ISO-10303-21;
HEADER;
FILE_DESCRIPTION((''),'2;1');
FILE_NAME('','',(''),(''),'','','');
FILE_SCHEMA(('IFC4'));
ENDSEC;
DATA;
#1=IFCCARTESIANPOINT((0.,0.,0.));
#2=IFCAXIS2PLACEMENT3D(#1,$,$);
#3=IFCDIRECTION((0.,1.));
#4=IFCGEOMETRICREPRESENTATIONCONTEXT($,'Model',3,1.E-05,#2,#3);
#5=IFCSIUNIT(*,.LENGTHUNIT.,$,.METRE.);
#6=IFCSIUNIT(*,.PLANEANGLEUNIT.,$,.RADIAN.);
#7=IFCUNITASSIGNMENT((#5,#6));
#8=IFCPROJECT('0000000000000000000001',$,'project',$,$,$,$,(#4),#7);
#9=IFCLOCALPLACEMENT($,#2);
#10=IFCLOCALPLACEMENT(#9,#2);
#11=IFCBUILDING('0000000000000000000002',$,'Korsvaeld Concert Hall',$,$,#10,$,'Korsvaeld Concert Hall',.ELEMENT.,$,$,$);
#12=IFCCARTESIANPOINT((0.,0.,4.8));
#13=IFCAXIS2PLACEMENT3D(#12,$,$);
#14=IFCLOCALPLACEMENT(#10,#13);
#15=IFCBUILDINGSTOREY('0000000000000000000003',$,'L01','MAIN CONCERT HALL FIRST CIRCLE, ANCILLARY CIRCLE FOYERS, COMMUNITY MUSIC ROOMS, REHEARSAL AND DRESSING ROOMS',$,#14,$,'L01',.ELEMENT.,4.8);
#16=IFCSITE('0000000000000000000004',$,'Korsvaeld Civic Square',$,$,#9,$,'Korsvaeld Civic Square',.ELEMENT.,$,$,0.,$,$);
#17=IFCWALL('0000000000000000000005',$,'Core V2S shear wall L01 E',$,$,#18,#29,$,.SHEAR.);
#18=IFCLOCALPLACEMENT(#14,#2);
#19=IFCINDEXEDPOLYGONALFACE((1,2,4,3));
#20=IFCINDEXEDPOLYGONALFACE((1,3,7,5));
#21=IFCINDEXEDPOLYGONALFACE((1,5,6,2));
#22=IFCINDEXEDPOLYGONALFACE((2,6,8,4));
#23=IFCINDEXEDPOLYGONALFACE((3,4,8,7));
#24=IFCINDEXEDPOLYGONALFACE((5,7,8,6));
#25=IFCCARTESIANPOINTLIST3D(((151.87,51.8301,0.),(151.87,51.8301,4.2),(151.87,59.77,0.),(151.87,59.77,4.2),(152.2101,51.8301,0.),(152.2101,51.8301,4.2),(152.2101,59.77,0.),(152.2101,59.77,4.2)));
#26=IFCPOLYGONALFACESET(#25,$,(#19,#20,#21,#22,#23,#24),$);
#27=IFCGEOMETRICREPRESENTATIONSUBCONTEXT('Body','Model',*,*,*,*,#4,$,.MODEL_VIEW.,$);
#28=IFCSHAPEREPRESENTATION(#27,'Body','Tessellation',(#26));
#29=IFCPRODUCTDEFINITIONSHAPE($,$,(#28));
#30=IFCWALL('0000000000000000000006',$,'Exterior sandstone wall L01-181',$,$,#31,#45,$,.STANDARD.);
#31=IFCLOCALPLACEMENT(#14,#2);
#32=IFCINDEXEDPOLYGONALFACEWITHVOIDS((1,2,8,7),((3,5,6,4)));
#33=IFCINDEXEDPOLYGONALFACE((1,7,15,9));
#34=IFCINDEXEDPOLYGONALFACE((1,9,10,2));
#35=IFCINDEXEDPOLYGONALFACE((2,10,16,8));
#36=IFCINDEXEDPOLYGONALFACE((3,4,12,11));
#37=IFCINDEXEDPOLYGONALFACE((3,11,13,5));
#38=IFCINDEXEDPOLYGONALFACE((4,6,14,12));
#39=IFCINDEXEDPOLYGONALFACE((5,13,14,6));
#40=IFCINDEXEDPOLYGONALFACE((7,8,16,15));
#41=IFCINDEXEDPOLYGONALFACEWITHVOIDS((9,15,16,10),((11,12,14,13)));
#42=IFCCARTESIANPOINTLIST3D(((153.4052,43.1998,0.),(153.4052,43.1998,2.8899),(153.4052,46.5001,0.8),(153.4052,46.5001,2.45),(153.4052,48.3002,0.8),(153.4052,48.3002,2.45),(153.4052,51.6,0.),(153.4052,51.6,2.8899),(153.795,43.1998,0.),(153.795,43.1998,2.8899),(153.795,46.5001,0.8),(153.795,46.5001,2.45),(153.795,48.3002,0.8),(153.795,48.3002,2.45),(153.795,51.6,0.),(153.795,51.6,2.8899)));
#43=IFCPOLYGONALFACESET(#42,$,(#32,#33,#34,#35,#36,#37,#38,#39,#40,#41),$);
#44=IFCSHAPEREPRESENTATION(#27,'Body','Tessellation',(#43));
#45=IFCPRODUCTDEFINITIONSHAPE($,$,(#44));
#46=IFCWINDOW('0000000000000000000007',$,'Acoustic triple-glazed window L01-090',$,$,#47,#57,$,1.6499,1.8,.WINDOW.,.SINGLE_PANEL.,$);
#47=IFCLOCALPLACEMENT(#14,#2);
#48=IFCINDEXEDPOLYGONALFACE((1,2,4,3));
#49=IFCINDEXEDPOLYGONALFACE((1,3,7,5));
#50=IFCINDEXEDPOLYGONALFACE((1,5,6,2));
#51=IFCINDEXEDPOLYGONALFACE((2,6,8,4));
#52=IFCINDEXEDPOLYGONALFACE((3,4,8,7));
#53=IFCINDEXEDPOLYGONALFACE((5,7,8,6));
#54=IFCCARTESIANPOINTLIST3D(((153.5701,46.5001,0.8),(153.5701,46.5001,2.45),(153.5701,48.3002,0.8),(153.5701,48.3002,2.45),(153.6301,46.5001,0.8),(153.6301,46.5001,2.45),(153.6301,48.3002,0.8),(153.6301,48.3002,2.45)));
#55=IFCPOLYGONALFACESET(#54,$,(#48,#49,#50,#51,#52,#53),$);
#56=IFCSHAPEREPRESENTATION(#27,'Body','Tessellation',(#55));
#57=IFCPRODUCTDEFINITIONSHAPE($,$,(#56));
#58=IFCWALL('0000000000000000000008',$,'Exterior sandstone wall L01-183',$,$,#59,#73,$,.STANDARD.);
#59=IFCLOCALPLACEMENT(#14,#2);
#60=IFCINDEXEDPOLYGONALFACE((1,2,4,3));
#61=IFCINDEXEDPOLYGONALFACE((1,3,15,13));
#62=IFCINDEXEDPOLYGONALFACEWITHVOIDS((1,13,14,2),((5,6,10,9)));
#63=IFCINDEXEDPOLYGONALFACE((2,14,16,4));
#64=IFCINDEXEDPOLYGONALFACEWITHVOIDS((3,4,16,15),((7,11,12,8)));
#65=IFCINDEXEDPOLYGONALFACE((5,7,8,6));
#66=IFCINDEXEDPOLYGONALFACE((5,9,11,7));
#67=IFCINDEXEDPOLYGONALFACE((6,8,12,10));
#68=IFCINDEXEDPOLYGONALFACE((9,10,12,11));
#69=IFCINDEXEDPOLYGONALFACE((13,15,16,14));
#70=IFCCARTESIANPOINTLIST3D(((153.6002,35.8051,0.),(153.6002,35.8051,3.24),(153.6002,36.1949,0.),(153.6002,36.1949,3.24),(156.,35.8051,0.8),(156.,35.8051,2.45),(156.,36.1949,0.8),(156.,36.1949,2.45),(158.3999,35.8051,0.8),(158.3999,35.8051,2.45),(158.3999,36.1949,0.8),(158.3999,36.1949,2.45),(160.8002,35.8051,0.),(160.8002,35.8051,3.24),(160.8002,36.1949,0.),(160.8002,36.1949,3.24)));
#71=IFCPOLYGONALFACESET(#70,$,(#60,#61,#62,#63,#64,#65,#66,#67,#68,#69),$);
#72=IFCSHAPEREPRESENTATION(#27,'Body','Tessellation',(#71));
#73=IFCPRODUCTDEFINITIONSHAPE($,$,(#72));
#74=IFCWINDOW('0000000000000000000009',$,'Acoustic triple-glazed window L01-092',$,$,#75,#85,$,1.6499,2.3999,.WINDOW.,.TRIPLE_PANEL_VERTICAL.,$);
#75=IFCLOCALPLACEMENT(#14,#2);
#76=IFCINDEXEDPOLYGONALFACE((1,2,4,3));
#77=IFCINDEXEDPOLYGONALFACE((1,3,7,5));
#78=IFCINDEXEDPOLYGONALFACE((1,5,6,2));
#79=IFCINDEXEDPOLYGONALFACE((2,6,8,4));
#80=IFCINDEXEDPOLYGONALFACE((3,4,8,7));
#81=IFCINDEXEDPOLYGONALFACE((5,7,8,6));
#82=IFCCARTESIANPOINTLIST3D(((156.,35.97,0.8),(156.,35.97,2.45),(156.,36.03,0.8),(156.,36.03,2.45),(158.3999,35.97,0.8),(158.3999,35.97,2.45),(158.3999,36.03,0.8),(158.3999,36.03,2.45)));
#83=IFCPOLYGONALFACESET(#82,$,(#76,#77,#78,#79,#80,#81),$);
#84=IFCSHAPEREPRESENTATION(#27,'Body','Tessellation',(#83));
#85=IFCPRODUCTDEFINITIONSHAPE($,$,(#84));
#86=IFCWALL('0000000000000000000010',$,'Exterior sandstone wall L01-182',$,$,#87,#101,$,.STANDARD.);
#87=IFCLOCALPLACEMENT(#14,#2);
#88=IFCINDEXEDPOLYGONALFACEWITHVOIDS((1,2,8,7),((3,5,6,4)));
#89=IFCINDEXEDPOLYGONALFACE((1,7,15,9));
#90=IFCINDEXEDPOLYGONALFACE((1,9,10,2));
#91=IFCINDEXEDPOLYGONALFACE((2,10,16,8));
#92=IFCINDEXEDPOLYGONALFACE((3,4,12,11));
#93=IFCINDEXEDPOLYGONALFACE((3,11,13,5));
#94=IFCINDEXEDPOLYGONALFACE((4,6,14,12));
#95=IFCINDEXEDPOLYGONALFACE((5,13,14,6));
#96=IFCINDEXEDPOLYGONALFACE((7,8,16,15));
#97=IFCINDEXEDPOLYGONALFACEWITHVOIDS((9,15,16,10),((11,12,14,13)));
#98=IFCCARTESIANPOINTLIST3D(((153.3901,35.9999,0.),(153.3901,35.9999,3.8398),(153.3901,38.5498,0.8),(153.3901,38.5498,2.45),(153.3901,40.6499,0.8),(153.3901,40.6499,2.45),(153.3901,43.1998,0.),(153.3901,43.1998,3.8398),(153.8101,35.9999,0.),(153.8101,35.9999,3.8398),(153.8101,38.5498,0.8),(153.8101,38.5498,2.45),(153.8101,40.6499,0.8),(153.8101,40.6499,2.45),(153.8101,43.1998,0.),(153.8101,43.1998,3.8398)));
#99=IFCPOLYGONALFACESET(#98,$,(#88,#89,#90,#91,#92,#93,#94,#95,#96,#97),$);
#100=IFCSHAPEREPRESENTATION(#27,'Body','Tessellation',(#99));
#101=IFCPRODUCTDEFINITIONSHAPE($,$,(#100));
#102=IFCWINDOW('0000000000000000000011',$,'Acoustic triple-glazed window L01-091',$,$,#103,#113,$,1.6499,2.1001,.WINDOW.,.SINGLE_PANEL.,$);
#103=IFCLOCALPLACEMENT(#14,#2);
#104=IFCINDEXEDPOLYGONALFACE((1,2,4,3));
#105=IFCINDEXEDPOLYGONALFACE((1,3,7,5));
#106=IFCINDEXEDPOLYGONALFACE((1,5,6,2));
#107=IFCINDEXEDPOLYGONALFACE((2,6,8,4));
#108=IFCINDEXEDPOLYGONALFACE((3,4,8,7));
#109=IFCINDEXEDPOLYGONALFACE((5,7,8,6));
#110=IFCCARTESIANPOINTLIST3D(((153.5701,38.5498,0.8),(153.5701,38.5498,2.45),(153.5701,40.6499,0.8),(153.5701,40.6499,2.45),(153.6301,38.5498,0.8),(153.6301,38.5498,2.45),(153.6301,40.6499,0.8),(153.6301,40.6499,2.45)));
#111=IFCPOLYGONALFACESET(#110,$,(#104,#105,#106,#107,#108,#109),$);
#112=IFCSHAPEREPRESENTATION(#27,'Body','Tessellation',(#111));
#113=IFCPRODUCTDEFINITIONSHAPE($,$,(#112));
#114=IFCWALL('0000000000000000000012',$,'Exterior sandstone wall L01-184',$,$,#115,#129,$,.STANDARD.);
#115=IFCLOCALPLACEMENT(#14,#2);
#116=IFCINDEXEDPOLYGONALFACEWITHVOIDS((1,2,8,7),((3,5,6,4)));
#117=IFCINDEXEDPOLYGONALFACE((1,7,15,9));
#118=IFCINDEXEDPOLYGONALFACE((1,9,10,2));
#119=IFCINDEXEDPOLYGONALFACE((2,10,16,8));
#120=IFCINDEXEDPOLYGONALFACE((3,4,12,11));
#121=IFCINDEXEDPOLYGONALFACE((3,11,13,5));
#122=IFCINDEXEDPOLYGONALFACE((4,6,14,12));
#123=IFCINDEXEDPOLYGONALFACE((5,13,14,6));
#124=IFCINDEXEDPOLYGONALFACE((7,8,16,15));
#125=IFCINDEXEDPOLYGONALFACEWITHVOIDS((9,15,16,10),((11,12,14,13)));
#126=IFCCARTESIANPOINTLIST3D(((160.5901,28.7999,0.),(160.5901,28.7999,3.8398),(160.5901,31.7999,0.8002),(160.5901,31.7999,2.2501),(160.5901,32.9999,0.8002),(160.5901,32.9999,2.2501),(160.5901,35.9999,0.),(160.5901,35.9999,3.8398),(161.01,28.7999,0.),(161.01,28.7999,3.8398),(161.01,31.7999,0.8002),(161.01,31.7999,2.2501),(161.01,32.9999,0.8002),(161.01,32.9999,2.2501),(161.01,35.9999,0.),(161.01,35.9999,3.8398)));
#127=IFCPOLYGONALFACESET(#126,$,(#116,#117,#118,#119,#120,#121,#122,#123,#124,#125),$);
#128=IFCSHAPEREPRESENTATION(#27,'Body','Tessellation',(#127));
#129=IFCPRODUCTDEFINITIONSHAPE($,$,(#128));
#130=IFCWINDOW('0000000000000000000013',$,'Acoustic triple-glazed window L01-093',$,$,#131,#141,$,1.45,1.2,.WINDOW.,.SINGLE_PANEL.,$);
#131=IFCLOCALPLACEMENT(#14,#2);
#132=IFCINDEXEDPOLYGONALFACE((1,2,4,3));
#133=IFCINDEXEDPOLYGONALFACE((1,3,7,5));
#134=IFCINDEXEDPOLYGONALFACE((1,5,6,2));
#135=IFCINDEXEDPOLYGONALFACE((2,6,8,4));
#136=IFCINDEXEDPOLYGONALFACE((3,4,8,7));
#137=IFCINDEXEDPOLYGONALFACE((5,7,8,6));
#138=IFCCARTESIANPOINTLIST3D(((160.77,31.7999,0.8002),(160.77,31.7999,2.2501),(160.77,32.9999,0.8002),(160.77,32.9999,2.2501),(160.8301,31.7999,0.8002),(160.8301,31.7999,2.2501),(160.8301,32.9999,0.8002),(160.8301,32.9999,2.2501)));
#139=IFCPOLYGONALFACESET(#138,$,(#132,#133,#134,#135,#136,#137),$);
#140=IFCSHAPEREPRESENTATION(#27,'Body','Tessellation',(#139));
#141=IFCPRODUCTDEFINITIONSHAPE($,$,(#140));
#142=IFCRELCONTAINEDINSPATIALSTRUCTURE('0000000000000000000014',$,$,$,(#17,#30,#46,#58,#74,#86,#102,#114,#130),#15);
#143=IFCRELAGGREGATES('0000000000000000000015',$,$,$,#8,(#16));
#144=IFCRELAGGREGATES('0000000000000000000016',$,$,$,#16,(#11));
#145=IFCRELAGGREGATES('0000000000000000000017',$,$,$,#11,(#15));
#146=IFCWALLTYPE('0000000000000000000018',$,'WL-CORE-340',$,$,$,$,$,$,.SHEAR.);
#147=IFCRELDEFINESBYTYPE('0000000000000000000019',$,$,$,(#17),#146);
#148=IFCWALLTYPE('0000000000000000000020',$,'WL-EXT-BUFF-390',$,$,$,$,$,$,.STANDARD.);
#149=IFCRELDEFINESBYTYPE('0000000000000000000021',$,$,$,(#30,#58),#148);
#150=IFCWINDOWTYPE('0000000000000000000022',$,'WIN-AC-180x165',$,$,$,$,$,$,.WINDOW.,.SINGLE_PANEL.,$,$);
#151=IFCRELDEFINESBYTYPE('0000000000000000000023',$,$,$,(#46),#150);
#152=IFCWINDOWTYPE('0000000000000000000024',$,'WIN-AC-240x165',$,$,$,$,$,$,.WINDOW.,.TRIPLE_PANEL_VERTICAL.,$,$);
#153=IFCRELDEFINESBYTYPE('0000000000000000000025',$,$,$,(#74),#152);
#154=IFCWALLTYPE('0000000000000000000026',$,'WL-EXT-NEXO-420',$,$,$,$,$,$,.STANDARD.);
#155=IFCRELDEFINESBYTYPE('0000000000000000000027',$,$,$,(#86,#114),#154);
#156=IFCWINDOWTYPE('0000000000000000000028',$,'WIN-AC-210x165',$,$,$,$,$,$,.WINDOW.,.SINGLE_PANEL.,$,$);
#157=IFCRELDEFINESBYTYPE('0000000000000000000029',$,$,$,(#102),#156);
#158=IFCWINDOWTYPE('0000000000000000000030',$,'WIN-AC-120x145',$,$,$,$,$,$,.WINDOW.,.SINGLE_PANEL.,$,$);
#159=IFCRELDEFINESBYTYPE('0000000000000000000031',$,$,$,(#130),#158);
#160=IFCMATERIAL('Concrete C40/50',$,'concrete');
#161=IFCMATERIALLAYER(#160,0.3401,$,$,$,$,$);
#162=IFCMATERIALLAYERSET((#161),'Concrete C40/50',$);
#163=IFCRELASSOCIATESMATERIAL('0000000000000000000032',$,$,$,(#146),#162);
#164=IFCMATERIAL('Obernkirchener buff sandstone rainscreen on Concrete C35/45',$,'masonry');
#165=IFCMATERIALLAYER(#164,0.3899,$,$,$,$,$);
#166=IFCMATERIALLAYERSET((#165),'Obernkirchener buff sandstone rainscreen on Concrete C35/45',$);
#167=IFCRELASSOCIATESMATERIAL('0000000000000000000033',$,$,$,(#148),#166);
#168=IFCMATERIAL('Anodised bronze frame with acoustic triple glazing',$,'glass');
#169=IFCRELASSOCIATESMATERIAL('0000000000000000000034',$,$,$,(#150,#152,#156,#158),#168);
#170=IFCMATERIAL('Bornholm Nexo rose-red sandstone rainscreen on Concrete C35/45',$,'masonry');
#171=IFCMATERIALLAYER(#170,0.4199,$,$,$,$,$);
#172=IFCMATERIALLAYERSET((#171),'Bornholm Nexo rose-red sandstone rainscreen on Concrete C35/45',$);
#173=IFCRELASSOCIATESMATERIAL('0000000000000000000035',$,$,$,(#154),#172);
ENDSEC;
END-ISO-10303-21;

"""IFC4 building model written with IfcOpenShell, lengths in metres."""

from ifc_helpers import new_model, si_unit, direction, frame, frame_2d, origin, place, context, subcontext, project, spatial, rectangle, extrude, material, layer, layer_set, type_object, element, fill, save


model = new_model("IFC4")

# Units and contexts
model_context = context("Model", 3, precision=1e-05, world=origin(), true_north=direction((0.0, 1.0)))
body_context = subcontext(model_context, "Body", "Model", "MODEL_VIEW")
ifc_project = project(units=[si_unit("LENGTHUNIT", "METRE"), si_unit("PLANEANGLEUNIT", "RADIAN")], contexts=[model_context])

# Site, building, storey
site_placement = place(None, origin())
site = spatial("IfcSite", under=ifc_project, at=site_placement, Name="Korsvaeld Civic Square", LongName="Korsvaeld Civic Square", CompositionType="ELEMENT", RefElevation=0.0)
building_placement = place(site_placement, origin())
building = spatial("IfcBuilding", under=site, at=building_placement, Name="Korsvaeld Concert Hall", LongName="Korsvaeld Concert Hall", CompositionType="ELEMENT")
storey_placement = place(building_placement, frame((0.0, 0.0, 4.8)))
storey = spatial("IfcBuildingStorey", under=building, at=storey_placement, Name="L01", Description="MAIN CONCERT HALL FIRST CIRCLE, ANCILLARY CIRCLE FOYERS, COMMUNITY MUSIC ROOMS, REHEARSAL AND DRESSING ROOMS", LongName="L01", CompositionType="ELEMENT", Elevation=4.8)

# Shared definitions
ifc_material_1 = material(Name="Concrete C40/50", Category="concrete")

# Wall
ifc_layer_1 = layer(ifc_material_1, 0.3401)
ifc_layer_set_1 = layer_set([ifc_layer_1], Name="Concrete C40/50")
wall_type_1 = type_object("IfcWallType", Name="WL-CORE-340", PredefinedType="SHEAR", material=ifc_layer_set_1)
wall_1_placement = place(storey_placement, frame((152.04, 51.8301, 0.0), z_axis=(0.0, 0.0, 1.0), x_axis=(0.0, 1.0, 0.0)))
element("IfcWall", 1, at=wall_1_placement, inside=storey, type_object=wall_type_1, Name="Core V2S shear wall L01 E", PredefinedType="SHEAR", context=body_context, shape_type="SweptSolid", body=[
    extrude(rectangle(XDim=7.9399, YDim=0.3401, at=frame_2d((3.97, 0.0))), origin(), (0.0, 0.0, 1.0), 4.2),
])

# Walls, openings, windows
ifc_material_2 = material(Name="Obernkirchener buff sandstone rainscreen on Concrete C35/45", Category="masonry")
ifc_layer_2 = layer(ifc_material_2, 0.3899)
ifc_layer_set_2 = layer_set([ifc_layer_2], Name="Obernkirchener buff sandstone rainscreen on Concrete C35/45")
wall_type_2 = type_object("IfcWallType", Name="WL-EXT-BUFF-390", PredefinedType="STANDARD", material=ifc_layer_set_2)
wall_2_placement = place(storey_placement, frame((153.6001, 51.6001, 0.0), z_axis=(0.0, 0.0, 1.0), x_axis=(0.0, -1.0, 0.0)))
wall_2 = element("IfcWall", 2, at=wall_2_placement, inside=storey, type_object=wall_type_2, Name="Exterior sandstone wall L01-181", PredefinedType="STANDARD", context=body_context, shape_type="SweptSolid", body=[
    extrude(rectangle(XDim=8.4001, YDim=0.3899, at=frame_2d((4.2002, 0.0))), origin(), (0.0, 0.0, 1.0), 2.8899),
])
opening_1_placement = place(wall_2_placement, frame((3.3, 0.0, 0.8)))
opening_1 = element("IfcOpeningElement", 3, at=opening_1_placement, cuts=wall_2, PredefinedType="OPENING", context=body_context, shape_type="SweptSolid", body=[
    extrude(rectangle(XDim=1.8, YDim=1.6499, at=frame_2d((0.8999, 0.825))), frame((0.0, 0.2051, 0.0), z_axis=(0.0, -1.0, 0.0), x_axis=(1.0, 0.0, 0.0)), (0.0, 0.0, 1.0), 0.4099),
])
ifc_material_3 = material(Name="Anodised bronze frame with acoustic triple glazing", Category="glass")
window_type_1 = type_object("IfcWindowType", Name="WIN-AC-180x165", PartitioningType="SINGLE_PANEL", PredefinedType="WINDOW", material=ifc_material_3)
window_1_placement = place(opening_1_placement, origin())
window_1 = element("IfcWindow", 4, at=window_1_placement, inside=storey, type_object=window_type_1, Name="Acoustic triple-glazed window L01-090", OverallHeight=1.6499, OverallWidth=1.8, PartitioningType="SINGLE_PANEL", PredefinedType="WINDOW", context=body_context, shape_type="SweptSolid", body=[
    extrude(rectangle(XDim=1.8, YDim=1.6499, at=frame_2d((0.8999, 0.825))), frame((0.0, 0.03, 0.0), z_axis=(0.0, -1.0, 0.0), x_axis=(1.0, 0.0, 0.0)), (0.0, 0.0, 1.0), 0.0601),
])
fill(opening_1, window_1)
wall_3_placement = place(storey_placement, frame((153.6001, 36.0, 0.0), z_axis=(0.0, 0.0, 1.0), x_axis=(1.0, 0.0, 0.0)))
wall_3 = element("IfcWall", 5, at=wall_3_placement, inside=storey, type_object=wall_type_2, Name="Exterior sandstone wall L01-183", PredefinedType="STANDARD", context=body_context, shape_type="SweptSolid", body=[
    extrude(rectangle(XDim=7.2, YDim=0.3899, at=frame_2d((3.6001, 0.0))), origin(), (0.0, 0.0, 1.0), 3.24),
])
opening_2_placement = place(wall_3_placement, frame((2.3999, 0.0, 0.8)))
opening_2 = element("IfcOpeningElement", 6, at=opening_2_placement, cuts=wall_3, PredefinedType="OPENING", context=body_context, shape_type="SweptSolid", body=[
    extrude(rectangle(XDim=2.3999, YDim=1.6499, at=frame_2d((1.2, 0.825))), frame((0.0, 0.2051, 0.0), z_axis=(0.0, -1.0, 0.0), x_axis=(1.0, 0.0, 0.0)), (0.0, 0.0, 1.0), 0.4099),
])
window_type_2 = type_object("IfcWindowType", Name="WIN-AC-240x165", PartitioningType="TRIPLE_PANEL_VERTICAL", PredefinedType="WINDOW", material=ifc_material_3)
window_2_placement = place(opening_2_placement, origin())
window_2 = element("IfcWindow", 7, at=window_2_placement, inside=storey, type_object=window_type_2, Name="Acoustic triple-glazed window L01-092", OverallHeight=1.6499, OverallWidth=2.3999, PartitioningType="TRIPLE_PANEL_VERTICAL", PredefinedType="WINDOW", context=body_context, shape_type="SweptSolid", body=[
    extrude(rectangle(XDim=2.3999, YDim=1.6499, at=frame_2d((1.2, 0.825))), frame((0.0, 0.03, 0.0), z_axis=(0.0, -1.0, 0.0), x_axis=(1.0, 0.0, 0.0)), (0.0, 0.0, 1.0), 0.0601),
])
fill(opening_2, window_2)
ifc_material_4 = material(Name="Bornholm Nexo rose-red sandstone rainscreen on Concrete C35/45", Category="masonry")
ifc_layer_3 = layer(ifc_material_4, 0.4199)
ifc_layer_set_3 = layer_set([ifc_layer_3], Name="Bornholm Nexo rose-red sandstone rainscreen on Concrete C35/45")
wall_type_3 = type_object("IfcWallType", Name="WL-EXT-NEXO-420", PredefinedType="STANDARD", material=ifc_layer_set_3)
wall_4_placement = place(storey_placement, frame((153.6001, 43.2, 0.0), z_axis=(0.0, 0.0, 1.0), x_axis=(0.0, -1.0, 0.0)))
wall_4 = element("IfcWall", 8, at=wall_4_placement, inside=storey, type_object=wall_type_3, Name="Exterior sandstone wall L01-182", PredefinedType="STANDARD", context=body_context, shape_type="SweptSolid", body=[
    extrude(rectangle(XDim=7.2, YDim=0.4199, at=frame_2d((3.6001, 0.0))), origin(), (0.0, 0.0, 1.0), 3.8398),
])
opening_3_placement = place(wall_4_placement, frame((2.55, 0.0, 0.8)))
opening_3 = element("IfcOpeningElement", 9, at=opening_3_placement, cuts=wall_4, PredefinedType="OPENING", context=body_context, shape_type="SweptSolid", body=[
    extrude(rectangle(XDim=2.1001, YDim=1.6499, at=frame_2d((1.05, 0.825))), frame((0.0, 0.22, 0.0), z_axis=(0.0, -1.0, 0.0), x_axis=(1.0, 0.0, 0.0)), (0.0, 0.0, 1.0), 0.4399),
])
window_type_3 = type_object("IfcWindowType", Name="WIN-AC-210x165", PartitioningType="SINGLE_PANEL", PredefinedType="WINDOW", material=ifc_material_3)
window_3_placement = place(opening_3_placement, origin())
window_3 = element("IfcWindow", 10, at=window_3_placement, inside=storey, type_object=window_type_3, Name="Acoustic triple-glazed window L01-091", OverallHeight=1.6499, OverallWidth=2.1001, PartitioningType="SINGLE_PANEL", PredefinedType="WINDOW", context=body_context, shape_type="SweptSolid", body=[
    extrude(rectangle(XDim=2.1001, YDim=1.6499, at=frame_2d((1.05, 0.825))), frame((0.0, 0.03, 0.0), z_axis=(0.0, -1.0, 0.0), x_axis=(1.0, 0.0, 0.0)), (0.0, 0.0, 1.0), 0.0601),
])
fill(opening_3, window_3)
wall_5_placement = place(storey_placement, frame((160.8, 36.0, 0.0), z_axis=(0.0, 0.0, 1.0), x_axis=(0.0, -1.0, 0.0)))
wall_5 = element("IfcWall", 11, at=wall_5_placement, inside=storey, type_object=wall_type_3, Name="Exterior sandstone wall L01-184", PredefinedType="STANDARD", context=body_context, shape_type="SweptSolid", body=[
    extrude(rectangle(XDim=7.2, YDim=0.4199, at=frame_2d((3.6001, 0.0))), origin(), (0.0, 0.0, 1.0), 3.8398),
])
opening_4_placement = place(wall_5_placement, frame((3.0, 0.0, 0.8)))
opening_4 = element("IfcOpeningElement", 12, at=opening_4_placement, cuts=wall_5, PredefinedType="OPENING", context=body_context, shape_type="SweptSolid", body=[
    extrude(rectangle(XDim=1.2, YDim=1.45, at=frame_2d((0.6001, 0.7251))), frame((0.0, 0.22, 0.0), z_axis=(0.0, -1.0, 0.0), x_axis=(1.0, 0.0, 0.0)), (0.0, 0.0, 1.0), 0.4399),
])
window_type_4 = type_object("IfcWindowType", Name="WIN-AC-120x145", PartitioningType="SINGLE_PANEL", PredefinedType="WINDOW", material=ifc_material_3)
window_4_placement = place(opening_4_placement, origin())
window_4 = element("IfcWindow", 13, at=window_4_placement, inside=storey, type_object=window_type_4, Name="Acoustic triple-glazed window L01-093", OverallHeight=1.45, OverallWidth=1.2, PartitioningType="SINGLE_PANEL", PredefinedType="WINDOW", context=body_context, shape_type="SweptSolid", body=[
    extrude(rectangle(XDim=1.2, YDim=1.45, at=frame_2d((0.6001, 0.7251))), frame((0.0, 0.03, 0.0), z_axis=(0.0, -1.0, 0.0), x_axis=(1.0, 0.0, 0.0)), (0.0, 0.0, 1.0), 0.0601),
])
fill(opening_4, window_4)

save(model, "model.ifc")
